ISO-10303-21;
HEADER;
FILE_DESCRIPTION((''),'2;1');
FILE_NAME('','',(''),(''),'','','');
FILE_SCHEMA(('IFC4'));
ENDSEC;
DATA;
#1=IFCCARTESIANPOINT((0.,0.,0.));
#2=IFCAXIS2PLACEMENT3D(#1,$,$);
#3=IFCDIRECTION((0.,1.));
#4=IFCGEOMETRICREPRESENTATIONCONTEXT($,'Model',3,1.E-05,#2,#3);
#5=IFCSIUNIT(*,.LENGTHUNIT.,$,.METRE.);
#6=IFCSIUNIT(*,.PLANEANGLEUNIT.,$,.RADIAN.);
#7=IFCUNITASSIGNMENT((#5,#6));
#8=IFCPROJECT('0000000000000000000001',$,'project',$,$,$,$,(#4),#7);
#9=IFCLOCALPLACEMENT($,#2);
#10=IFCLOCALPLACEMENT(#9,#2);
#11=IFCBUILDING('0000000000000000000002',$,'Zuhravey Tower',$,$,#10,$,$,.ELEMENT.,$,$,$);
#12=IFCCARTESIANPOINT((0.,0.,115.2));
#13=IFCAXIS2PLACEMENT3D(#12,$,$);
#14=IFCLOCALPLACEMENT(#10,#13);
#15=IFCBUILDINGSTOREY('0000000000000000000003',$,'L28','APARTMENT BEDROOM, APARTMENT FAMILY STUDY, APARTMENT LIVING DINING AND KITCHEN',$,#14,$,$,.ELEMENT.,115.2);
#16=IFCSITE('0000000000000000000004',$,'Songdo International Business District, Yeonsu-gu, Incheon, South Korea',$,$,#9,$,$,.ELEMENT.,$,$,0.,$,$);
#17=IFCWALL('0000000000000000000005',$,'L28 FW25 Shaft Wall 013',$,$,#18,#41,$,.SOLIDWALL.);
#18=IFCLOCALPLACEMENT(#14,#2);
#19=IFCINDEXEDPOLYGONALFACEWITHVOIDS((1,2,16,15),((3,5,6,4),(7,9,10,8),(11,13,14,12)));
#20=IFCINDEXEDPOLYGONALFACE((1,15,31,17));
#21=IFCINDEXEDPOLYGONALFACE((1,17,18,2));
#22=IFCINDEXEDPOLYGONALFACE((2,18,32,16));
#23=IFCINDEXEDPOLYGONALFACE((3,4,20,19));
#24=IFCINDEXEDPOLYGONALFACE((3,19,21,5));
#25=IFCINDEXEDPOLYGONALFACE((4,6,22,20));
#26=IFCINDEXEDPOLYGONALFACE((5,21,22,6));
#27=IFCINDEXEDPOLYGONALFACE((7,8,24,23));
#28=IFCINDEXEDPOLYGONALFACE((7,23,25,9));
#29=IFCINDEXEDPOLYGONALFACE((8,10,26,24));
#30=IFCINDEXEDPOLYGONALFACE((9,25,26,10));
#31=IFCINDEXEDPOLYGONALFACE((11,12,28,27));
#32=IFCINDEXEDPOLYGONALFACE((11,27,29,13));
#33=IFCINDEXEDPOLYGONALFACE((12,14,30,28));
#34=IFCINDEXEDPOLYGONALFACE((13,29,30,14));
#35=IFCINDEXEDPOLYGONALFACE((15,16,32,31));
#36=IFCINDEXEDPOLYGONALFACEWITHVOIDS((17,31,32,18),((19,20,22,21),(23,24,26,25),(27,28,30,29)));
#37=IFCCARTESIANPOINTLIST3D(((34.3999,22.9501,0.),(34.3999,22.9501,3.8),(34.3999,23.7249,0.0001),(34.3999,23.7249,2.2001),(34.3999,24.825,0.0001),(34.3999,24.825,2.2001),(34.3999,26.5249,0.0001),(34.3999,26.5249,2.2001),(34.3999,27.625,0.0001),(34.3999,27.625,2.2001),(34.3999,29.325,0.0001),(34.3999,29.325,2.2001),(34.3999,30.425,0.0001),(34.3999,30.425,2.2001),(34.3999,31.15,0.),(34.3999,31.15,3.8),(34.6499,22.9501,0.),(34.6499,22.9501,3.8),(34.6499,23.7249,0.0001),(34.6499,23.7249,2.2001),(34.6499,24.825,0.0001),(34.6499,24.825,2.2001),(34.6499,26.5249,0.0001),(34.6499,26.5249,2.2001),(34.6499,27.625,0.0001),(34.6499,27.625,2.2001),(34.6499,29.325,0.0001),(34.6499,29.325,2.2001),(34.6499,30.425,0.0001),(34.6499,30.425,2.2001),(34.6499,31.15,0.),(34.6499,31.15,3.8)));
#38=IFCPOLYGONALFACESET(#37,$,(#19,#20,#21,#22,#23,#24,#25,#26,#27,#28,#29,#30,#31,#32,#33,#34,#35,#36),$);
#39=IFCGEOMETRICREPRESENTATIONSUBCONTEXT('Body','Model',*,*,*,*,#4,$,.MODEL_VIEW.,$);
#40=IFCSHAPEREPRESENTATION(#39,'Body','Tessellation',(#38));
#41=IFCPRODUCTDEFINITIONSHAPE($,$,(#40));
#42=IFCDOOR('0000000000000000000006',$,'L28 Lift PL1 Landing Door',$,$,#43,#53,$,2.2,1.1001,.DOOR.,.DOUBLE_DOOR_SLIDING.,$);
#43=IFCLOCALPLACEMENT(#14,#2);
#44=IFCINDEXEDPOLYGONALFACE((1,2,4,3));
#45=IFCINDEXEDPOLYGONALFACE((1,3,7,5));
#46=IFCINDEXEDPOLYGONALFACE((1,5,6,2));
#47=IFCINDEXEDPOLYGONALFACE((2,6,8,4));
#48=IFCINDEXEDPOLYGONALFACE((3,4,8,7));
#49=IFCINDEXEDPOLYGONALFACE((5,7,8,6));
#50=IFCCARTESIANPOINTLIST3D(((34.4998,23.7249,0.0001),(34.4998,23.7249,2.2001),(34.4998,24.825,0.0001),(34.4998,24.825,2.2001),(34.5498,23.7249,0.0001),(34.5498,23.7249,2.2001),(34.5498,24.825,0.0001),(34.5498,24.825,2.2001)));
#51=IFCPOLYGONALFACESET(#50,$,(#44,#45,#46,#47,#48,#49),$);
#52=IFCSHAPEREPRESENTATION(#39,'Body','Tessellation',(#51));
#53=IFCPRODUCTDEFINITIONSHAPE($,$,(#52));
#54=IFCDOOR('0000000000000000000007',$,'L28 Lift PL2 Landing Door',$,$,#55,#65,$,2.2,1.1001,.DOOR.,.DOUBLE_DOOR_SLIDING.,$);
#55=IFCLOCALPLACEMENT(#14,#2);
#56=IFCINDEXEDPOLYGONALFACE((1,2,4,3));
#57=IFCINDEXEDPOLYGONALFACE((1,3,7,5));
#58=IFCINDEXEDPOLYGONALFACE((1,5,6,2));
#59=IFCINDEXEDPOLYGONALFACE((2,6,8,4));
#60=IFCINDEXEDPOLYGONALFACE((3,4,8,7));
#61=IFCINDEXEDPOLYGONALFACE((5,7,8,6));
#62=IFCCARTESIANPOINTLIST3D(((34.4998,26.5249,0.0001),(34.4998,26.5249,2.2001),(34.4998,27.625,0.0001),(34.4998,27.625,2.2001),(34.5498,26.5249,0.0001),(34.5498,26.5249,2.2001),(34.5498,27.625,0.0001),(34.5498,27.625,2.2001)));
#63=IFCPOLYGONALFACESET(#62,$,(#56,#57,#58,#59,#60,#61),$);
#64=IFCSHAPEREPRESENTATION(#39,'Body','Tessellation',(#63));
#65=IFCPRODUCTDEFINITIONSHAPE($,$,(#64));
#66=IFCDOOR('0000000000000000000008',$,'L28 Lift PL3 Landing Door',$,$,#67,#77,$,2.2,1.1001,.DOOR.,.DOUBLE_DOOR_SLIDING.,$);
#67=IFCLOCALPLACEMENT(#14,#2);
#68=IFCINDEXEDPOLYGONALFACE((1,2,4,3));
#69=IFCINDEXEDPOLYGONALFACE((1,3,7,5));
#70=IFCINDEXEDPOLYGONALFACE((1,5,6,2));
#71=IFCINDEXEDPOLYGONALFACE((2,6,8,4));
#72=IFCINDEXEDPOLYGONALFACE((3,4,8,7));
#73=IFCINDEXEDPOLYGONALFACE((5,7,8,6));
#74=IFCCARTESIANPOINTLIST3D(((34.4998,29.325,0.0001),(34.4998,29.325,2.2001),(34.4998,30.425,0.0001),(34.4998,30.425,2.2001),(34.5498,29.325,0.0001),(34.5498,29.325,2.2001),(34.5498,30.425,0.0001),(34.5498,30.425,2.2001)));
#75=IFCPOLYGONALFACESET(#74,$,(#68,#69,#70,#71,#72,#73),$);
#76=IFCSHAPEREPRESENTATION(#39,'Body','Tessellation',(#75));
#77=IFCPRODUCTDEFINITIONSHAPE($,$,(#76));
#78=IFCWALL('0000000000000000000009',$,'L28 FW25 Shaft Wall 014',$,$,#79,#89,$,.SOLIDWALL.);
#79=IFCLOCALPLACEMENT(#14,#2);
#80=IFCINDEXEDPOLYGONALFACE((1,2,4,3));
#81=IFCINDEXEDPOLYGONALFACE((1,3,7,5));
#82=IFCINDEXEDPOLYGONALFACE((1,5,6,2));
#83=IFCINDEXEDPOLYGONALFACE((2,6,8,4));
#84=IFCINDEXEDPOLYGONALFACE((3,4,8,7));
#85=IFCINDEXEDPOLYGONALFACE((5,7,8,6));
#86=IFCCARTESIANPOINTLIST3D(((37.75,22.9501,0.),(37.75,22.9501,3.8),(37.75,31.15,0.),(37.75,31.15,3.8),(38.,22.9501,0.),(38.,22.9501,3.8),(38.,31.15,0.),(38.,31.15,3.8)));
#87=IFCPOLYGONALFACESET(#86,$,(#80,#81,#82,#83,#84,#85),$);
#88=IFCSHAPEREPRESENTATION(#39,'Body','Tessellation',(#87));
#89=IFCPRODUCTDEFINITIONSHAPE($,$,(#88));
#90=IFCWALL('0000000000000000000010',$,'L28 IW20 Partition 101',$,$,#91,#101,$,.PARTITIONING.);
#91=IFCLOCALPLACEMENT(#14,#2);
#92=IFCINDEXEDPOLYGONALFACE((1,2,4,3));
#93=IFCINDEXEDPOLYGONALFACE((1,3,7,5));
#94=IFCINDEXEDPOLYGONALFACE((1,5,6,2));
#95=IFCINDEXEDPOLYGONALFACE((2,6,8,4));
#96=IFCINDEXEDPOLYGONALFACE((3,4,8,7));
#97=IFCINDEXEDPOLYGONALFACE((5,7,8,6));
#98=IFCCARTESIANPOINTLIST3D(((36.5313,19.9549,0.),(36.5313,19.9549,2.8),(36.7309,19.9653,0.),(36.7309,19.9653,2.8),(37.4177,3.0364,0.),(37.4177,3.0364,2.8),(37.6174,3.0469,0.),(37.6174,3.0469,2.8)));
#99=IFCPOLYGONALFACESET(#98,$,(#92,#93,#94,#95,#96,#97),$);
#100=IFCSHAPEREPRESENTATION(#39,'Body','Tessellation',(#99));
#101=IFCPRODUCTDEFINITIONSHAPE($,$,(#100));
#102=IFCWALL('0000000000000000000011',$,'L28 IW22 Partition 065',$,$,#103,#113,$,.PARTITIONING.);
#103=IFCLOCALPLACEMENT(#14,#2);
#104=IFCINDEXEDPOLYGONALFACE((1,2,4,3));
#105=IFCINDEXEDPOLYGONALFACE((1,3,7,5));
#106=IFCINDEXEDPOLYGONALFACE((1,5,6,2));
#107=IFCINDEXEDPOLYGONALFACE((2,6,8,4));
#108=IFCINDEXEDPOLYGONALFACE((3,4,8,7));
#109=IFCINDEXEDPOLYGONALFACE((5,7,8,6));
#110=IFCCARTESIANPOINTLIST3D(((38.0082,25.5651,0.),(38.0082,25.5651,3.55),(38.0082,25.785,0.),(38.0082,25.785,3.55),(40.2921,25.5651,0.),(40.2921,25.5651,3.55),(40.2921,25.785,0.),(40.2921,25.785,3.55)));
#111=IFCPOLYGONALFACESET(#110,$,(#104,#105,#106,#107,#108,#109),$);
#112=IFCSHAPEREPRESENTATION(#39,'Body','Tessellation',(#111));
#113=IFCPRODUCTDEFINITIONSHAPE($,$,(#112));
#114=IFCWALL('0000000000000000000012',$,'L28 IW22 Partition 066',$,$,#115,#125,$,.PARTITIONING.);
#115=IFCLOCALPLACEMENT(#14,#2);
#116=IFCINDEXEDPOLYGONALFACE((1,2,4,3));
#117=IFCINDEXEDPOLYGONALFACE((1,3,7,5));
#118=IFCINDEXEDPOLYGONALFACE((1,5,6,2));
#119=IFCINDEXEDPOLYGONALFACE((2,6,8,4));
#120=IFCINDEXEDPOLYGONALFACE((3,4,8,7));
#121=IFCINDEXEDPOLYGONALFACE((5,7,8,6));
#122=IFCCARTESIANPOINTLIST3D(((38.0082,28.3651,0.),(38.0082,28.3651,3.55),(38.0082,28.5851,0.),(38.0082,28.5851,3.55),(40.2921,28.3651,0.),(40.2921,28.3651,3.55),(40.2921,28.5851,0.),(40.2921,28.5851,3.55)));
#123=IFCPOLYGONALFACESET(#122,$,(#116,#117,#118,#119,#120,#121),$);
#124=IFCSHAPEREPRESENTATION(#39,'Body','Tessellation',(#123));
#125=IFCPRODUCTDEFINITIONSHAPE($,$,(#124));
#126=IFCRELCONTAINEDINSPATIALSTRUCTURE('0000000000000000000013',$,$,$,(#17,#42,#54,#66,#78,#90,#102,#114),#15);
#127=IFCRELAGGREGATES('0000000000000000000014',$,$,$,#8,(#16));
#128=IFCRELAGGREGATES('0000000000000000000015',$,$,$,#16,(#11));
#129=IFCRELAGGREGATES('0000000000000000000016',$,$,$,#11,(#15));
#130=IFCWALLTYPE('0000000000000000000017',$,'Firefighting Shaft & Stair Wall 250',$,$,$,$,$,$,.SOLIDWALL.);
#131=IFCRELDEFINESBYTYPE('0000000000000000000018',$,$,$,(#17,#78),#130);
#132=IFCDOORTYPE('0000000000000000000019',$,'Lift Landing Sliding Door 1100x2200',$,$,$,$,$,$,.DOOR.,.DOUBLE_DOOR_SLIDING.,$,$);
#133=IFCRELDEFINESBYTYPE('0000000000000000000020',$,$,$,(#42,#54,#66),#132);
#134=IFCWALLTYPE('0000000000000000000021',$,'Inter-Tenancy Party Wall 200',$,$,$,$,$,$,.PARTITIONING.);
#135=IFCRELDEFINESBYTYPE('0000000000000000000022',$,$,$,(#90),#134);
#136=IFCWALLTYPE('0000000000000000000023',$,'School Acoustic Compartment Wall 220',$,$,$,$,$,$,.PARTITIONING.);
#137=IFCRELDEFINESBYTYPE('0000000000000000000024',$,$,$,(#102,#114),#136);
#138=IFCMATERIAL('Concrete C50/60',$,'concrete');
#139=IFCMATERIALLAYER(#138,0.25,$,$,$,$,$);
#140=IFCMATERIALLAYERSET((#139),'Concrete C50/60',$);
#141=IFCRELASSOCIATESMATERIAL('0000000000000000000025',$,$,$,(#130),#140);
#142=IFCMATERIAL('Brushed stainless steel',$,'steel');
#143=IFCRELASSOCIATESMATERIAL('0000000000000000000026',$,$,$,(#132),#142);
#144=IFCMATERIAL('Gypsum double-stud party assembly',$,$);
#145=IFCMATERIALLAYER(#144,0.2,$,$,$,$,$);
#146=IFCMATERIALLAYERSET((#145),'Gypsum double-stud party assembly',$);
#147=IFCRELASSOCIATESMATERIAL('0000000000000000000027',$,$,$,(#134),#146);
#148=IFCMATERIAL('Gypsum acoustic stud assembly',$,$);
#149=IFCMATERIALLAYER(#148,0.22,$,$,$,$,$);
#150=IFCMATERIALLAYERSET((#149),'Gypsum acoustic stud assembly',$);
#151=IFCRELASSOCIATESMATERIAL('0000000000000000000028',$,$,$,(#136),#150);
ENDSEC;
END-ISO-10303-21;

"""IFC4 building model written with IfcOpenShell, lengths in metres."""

from ifc_helpers import new_model, si_unit, direction, frame, frame_2d, origin, place, context, subcontext, project, spatial, rectangle, extrude, material, layer, layer_set, type_object, element, fill, save


model = new_model("IFC4")

# Units and contexts
model_context = context("Model", 3, precision=1e-05, world=origin(), true_north=direction((0.0, 1.0)))
body_context = subcontext(model_context, "Body", "Model", "MODEL_VIEW")
ifc_project = project(units=[si_unit("LENGTHUNIT", "METRE"), si_unit("PLANEANGLEUNIT", "RADIAN")], contexts=[model_context])

# Site, building, storey
site_placement = place(None, origin())
site = spatial("IfcSite", under=ifc_project, at=site_placement, Name="Songdo International Business District, Yeonsu-gu, Incheon, South Korea", CompositionType="ELEMENT", RefElevation=0.0)
building_placement = place(site_placement, origin())
building = spatial("IfcBuilding", under=site, at=building_placement, Name="Zuhravey Tower", CompositionType="ELEMENT")
storey_placement = place(building_placement, frame((0.0, 0.0, 115.2)))
storey = spatial("IfcBuildingStorey", under=building, at=storey_placement, Name="L28", Description="APARTMENT BEDROOM, APARTMENT FAMILY STUDY, APARTMENT LIVING DINING AND KITCHEN", CompositionType="ELEMENT", Elevation=115.2)

# Shared definitions
ifc_material_1 = material(Name="Concrete C50/60", Category="concrete")
ifc_layer_1 = layer(ifc_material_1, 0.25)
ifc_layer_set_1 = layer_set([ifc_layer_1], Name="Concrete C50/60")
wall_type_1 = type_object("IfcWallType", Name="Firefighting Shaft & Stair Wall 250", PredefinedType="SOLIDWALL", material=ifc_layer_set_1)

# Wall, openings, doors
wall_1_placement = place(storey_placement, frame((34.5249, 22.95, 0.0), z_axis=(0.0, 0.0, 1.0), x_axis=(0.0, 1.0, 0.0)))
wall_1 = element("IfcWall", 1, at=wall_1_placement, inside=storey, type_object=wall_type_1, Name="L28 FW25 Shaft Wall 013", PredefinedType="SOLIDWALL", context=body_context, shape_type="SweptSolid", body=[
    extrude(rectangle(XDim=8.2, YDim=0.25, at=frame_2d((4.1001, 0.0))), origin(), (0.0, 0.0, 1.0), 3.8),
])
opening_1_placement = place(wall_1_placement, frame((0.7749, 0.0, 0.0)))
opening_1 = element("IfcOpeningElement", 2, at=opening_1_placement, cuts=wall_1, PredefinedType="OPENING", context=body_context, shape_type="SweptSolid", body=[
    extrude(rectangle(XDim=1.1001, YDim=2.2, at=frame_2d((0.55, 1.1001))), frame((0.0, 0.137, 0.0), z_axis=(0.0, -1.0, 0.0), x_axis=(1.0, 0.0, 0.0)), (0.0, 0.0, 1.0), 0.2739),
])
opening_2_placement = place(wall_1_placement, frame((3.575, 0.0, 0.0)))
opening_2 = element("IfcOpeningElement", 3, at=opening_2_placement, cuts=wall_1, PredefinedType="OPENING", context=body_context, shape_type="SweptSolid", body=[
    extrude(rectangle(XDim=1.1001, YDim=2.2, at=frame_2d((0.55, 1.1001))), frame((0.0, 0.137, 0.0), z_axis=(0.0, -1.0, 0.0), x_axis=(1.0, 0.0, 0.0)), (0.0, 0.0, 1.0), 0.2739),
])
opening_3_placement = place(wall_1_placement, frame((6.375, 0.0, 0.0)))
opening_3 = element("IfcOpeningElement", 4, at=opening_3_placement, cuts=wall_1, PredefinedType="OPENING", context=body_context, shape_type="SweptSolid", body=[
    extrude(rectangle(XDim=1.1001, YDim=2.2, at=frame_2d((0.55, 1.1001))), frame((0.0, 0.137, 0.0), z_axis=(0.0, -1.0, 0.0), x_axis=(1.0, 0.0, 0.0)), (0.0, 0.0, 1.0), 0.2739),
])
ifc_material_2 = material(Name="Brushed stainless steel", Category="steel")
door_type_1 = type_object("IfcDoorType", Name="Lift Landing Sliding Door 1100x2200", OperationType="DOUBLE_DOOR_SLIDING", PredefinedType="DOOR", material=ifc_material_2)
door_1_placement = place(opening_1_placement, frame((1.1001, 0.0, 0.0), z_axis=(0.0, 0.0, 1.0), x_axis=(-1.0, 0.0, 0.0)))
door_1 = element("IfcDoor", 5, at=door_1_placement, inside=storey, type_object=door_type_1, Name="L28 Lift PL1 Landing Door", OperationType="DOUBLE_DOOR_SLIDING", OverallHeight=2.2, OverallWidth=1.1001, PredefinedType="DOOR", context=body_context, shape_type="SweptSolid", body=[
    extrude(rectangle(XDim=1.1001, YDim=2.2, at=frame_2d((0.55, 1.1001))), frame((0.0, 0.0249, 0.0), z_axis=(0.0, -1.0, 0.0), x_axis=(1.0, 0.0, 0.0)), (0.0, 0.0, 1.0), 0.05),
])
fill(opening_1, door_1)
door_2_placement = place(opening_2_placement, frame((1.1001, 0.0, 0.0), z_axis=(0.0, 0.0, 1.0), x_axis=(-1.0, 0.0, 0.0)))
door_2 = element("IfcDoor", 6, at=door_2_placement, inside=storey, type_object=door_type_1, Name="L28 Lift PL2 Landing Door", OperationType="DOUBLE_DOOR_SLIDING", OverallHeight=2.2, OverallWidth=1.1001, PredefinedType="DOOR", context=body_context, shape_type="SweptSolid", body=[
    extrude(rectangle(XDim=1.1001, YDim=2.2, at=frame_2d((0.55, 1.1001))), frame((0.0, 0.0249, 0.0), z_axis=(0.0, -1.0, 0.0), x_axis=(1.0, 0.0, 0.0)), (0.0, 0.0, 1.0), 0.05),
])
fill(opening_2, door_2)
door_3_placement = place(opening_3_placement, frame((1.1001, 0.0, 0.0), z_axis=(0.0, 0.0, 1.0), x_axis=(-1.0, 0.0, 0.0)))
door_3 = element("IfcDoor", 7, at=door_3_placement, inside=storey, type_object=door_type_1, Name="L28 Lift PL3 Landing Door", OperationType="DOUBLE_DOOR_SLIDING", OverallHeight=2.2, OverallWidth=1.1001, PredefinedType="DOOR", context=body_context, shape_type="SweptSolid", body=[
    extrude(rectangle(XDim=1.1001, YDim=2.2, at=frame_2d((0.55, 1.1001))), frame((0.0, 0.0249, 0.0), z_axis=(0.0, -1.0, 0.0), x_axis=(1.0, 0.0, 0.0)), (0.0, 0.0, 1.0), 0.05),
])
fill(opening_3, door_3)

# Walls
wall_2_placement = place(storey_placement, frame((37.875, 22.95, 0.0), z_axis=(0.0, 0.0, 1.0), x_axis=(0.0, 1.0, 0.0)))
element("IfcWall", 8, at=wall_2_placement, inside=storey, type_object=wall_type_1, Name="L28 FW25 Shaft Wall 014", PredefinedType="SOLIDWALL", context=body_context, shape_type="SweptSolid", body=[
    extrude(rectangle(XDim=8.2, YDim=0.25, at=frame_2d((4.1001, 0.0))), origin(), (0.0, 0.0, 1.0), 3.8),
])
ifc_material_3 = material(Name="Gypsum double-stud party assembly")
ifc_layer_2 = layer(ifc_material_3, 0.2)
ifc_layer_set_2 = layer_set([ifc_layer_2], Name="Gypsum double-stud party assembly")
wall_type_2 = type_object("IfcWallType", Name="Inter-Tenancy Party Wall 200", PredefinedType="PARTITIONING", material=ifc_layer_set_2)
wall_3_placement = place(storey_placement, frame((36.6311, 19.96, 0.0), z_axis=(0.0, 0.0, 1.0), x_axis=(0.052325, -0.99863, 0.0)))
element("IfcWall", 9, at=wall_3_placement, inside=storey, type_object=wall_type_2, Name="L28 IW20 Partition 101", PredefinedType="PARTITIONING", context=body_context, shape_type="SweptSolid", body=[
    extrude(rectangle(XDim=16.9417, YDim=0.2, at=frame_2d((8.4707, 0.0))), origin(), (0.0, 0.0, 1.0), 2.8),
])
ifc_material_4 = material(Name="Gypsum acoustic stud assembly")
ifc_layer_3 = layer(ifc_material_4, 0.22)
ifc_layer_set_3 = layer_set([ifc_layer_3], Name="Gypsum acoustic stud assembly")
wall_type_3 = type_object("IfcWallType", Name="School Acoustic Compartment Wall 220", PredefinedType="PARTITIONING", material=ifc_layer_set_3)
for number, where, z_axis, x_axis, name in (
    (10, (38.0081, 25.675, 0.0), (0.0, 0.0, 1.0), (1.0, 0.0, 0.0), "L28 IW22 Partition 065"),
    (11, (38.0081, 28.4751, 0.0), (0.0, 0.0, 1.0), (1.0, 0.0, 0.0), "L28 IW22 Partition 066"),
):
    element("IfcWall", number, at=place(storey_placement, frame(where, z_axis=z_axis, x_axis=x_axis)), inside=storey, type_object=wall_type_3, Name=name, PredefinedType="PARTITIONING", context=body_context, shape_type="SweptSolid", body=[
        extrude(rectangle(XDim=2.2839, YDim=0.22, at=frame_2d((1.1421, 0.0))), origin(), (0.0, 0.0, 1.0), 3.55),
    ])

save(model, "model.ifc")
